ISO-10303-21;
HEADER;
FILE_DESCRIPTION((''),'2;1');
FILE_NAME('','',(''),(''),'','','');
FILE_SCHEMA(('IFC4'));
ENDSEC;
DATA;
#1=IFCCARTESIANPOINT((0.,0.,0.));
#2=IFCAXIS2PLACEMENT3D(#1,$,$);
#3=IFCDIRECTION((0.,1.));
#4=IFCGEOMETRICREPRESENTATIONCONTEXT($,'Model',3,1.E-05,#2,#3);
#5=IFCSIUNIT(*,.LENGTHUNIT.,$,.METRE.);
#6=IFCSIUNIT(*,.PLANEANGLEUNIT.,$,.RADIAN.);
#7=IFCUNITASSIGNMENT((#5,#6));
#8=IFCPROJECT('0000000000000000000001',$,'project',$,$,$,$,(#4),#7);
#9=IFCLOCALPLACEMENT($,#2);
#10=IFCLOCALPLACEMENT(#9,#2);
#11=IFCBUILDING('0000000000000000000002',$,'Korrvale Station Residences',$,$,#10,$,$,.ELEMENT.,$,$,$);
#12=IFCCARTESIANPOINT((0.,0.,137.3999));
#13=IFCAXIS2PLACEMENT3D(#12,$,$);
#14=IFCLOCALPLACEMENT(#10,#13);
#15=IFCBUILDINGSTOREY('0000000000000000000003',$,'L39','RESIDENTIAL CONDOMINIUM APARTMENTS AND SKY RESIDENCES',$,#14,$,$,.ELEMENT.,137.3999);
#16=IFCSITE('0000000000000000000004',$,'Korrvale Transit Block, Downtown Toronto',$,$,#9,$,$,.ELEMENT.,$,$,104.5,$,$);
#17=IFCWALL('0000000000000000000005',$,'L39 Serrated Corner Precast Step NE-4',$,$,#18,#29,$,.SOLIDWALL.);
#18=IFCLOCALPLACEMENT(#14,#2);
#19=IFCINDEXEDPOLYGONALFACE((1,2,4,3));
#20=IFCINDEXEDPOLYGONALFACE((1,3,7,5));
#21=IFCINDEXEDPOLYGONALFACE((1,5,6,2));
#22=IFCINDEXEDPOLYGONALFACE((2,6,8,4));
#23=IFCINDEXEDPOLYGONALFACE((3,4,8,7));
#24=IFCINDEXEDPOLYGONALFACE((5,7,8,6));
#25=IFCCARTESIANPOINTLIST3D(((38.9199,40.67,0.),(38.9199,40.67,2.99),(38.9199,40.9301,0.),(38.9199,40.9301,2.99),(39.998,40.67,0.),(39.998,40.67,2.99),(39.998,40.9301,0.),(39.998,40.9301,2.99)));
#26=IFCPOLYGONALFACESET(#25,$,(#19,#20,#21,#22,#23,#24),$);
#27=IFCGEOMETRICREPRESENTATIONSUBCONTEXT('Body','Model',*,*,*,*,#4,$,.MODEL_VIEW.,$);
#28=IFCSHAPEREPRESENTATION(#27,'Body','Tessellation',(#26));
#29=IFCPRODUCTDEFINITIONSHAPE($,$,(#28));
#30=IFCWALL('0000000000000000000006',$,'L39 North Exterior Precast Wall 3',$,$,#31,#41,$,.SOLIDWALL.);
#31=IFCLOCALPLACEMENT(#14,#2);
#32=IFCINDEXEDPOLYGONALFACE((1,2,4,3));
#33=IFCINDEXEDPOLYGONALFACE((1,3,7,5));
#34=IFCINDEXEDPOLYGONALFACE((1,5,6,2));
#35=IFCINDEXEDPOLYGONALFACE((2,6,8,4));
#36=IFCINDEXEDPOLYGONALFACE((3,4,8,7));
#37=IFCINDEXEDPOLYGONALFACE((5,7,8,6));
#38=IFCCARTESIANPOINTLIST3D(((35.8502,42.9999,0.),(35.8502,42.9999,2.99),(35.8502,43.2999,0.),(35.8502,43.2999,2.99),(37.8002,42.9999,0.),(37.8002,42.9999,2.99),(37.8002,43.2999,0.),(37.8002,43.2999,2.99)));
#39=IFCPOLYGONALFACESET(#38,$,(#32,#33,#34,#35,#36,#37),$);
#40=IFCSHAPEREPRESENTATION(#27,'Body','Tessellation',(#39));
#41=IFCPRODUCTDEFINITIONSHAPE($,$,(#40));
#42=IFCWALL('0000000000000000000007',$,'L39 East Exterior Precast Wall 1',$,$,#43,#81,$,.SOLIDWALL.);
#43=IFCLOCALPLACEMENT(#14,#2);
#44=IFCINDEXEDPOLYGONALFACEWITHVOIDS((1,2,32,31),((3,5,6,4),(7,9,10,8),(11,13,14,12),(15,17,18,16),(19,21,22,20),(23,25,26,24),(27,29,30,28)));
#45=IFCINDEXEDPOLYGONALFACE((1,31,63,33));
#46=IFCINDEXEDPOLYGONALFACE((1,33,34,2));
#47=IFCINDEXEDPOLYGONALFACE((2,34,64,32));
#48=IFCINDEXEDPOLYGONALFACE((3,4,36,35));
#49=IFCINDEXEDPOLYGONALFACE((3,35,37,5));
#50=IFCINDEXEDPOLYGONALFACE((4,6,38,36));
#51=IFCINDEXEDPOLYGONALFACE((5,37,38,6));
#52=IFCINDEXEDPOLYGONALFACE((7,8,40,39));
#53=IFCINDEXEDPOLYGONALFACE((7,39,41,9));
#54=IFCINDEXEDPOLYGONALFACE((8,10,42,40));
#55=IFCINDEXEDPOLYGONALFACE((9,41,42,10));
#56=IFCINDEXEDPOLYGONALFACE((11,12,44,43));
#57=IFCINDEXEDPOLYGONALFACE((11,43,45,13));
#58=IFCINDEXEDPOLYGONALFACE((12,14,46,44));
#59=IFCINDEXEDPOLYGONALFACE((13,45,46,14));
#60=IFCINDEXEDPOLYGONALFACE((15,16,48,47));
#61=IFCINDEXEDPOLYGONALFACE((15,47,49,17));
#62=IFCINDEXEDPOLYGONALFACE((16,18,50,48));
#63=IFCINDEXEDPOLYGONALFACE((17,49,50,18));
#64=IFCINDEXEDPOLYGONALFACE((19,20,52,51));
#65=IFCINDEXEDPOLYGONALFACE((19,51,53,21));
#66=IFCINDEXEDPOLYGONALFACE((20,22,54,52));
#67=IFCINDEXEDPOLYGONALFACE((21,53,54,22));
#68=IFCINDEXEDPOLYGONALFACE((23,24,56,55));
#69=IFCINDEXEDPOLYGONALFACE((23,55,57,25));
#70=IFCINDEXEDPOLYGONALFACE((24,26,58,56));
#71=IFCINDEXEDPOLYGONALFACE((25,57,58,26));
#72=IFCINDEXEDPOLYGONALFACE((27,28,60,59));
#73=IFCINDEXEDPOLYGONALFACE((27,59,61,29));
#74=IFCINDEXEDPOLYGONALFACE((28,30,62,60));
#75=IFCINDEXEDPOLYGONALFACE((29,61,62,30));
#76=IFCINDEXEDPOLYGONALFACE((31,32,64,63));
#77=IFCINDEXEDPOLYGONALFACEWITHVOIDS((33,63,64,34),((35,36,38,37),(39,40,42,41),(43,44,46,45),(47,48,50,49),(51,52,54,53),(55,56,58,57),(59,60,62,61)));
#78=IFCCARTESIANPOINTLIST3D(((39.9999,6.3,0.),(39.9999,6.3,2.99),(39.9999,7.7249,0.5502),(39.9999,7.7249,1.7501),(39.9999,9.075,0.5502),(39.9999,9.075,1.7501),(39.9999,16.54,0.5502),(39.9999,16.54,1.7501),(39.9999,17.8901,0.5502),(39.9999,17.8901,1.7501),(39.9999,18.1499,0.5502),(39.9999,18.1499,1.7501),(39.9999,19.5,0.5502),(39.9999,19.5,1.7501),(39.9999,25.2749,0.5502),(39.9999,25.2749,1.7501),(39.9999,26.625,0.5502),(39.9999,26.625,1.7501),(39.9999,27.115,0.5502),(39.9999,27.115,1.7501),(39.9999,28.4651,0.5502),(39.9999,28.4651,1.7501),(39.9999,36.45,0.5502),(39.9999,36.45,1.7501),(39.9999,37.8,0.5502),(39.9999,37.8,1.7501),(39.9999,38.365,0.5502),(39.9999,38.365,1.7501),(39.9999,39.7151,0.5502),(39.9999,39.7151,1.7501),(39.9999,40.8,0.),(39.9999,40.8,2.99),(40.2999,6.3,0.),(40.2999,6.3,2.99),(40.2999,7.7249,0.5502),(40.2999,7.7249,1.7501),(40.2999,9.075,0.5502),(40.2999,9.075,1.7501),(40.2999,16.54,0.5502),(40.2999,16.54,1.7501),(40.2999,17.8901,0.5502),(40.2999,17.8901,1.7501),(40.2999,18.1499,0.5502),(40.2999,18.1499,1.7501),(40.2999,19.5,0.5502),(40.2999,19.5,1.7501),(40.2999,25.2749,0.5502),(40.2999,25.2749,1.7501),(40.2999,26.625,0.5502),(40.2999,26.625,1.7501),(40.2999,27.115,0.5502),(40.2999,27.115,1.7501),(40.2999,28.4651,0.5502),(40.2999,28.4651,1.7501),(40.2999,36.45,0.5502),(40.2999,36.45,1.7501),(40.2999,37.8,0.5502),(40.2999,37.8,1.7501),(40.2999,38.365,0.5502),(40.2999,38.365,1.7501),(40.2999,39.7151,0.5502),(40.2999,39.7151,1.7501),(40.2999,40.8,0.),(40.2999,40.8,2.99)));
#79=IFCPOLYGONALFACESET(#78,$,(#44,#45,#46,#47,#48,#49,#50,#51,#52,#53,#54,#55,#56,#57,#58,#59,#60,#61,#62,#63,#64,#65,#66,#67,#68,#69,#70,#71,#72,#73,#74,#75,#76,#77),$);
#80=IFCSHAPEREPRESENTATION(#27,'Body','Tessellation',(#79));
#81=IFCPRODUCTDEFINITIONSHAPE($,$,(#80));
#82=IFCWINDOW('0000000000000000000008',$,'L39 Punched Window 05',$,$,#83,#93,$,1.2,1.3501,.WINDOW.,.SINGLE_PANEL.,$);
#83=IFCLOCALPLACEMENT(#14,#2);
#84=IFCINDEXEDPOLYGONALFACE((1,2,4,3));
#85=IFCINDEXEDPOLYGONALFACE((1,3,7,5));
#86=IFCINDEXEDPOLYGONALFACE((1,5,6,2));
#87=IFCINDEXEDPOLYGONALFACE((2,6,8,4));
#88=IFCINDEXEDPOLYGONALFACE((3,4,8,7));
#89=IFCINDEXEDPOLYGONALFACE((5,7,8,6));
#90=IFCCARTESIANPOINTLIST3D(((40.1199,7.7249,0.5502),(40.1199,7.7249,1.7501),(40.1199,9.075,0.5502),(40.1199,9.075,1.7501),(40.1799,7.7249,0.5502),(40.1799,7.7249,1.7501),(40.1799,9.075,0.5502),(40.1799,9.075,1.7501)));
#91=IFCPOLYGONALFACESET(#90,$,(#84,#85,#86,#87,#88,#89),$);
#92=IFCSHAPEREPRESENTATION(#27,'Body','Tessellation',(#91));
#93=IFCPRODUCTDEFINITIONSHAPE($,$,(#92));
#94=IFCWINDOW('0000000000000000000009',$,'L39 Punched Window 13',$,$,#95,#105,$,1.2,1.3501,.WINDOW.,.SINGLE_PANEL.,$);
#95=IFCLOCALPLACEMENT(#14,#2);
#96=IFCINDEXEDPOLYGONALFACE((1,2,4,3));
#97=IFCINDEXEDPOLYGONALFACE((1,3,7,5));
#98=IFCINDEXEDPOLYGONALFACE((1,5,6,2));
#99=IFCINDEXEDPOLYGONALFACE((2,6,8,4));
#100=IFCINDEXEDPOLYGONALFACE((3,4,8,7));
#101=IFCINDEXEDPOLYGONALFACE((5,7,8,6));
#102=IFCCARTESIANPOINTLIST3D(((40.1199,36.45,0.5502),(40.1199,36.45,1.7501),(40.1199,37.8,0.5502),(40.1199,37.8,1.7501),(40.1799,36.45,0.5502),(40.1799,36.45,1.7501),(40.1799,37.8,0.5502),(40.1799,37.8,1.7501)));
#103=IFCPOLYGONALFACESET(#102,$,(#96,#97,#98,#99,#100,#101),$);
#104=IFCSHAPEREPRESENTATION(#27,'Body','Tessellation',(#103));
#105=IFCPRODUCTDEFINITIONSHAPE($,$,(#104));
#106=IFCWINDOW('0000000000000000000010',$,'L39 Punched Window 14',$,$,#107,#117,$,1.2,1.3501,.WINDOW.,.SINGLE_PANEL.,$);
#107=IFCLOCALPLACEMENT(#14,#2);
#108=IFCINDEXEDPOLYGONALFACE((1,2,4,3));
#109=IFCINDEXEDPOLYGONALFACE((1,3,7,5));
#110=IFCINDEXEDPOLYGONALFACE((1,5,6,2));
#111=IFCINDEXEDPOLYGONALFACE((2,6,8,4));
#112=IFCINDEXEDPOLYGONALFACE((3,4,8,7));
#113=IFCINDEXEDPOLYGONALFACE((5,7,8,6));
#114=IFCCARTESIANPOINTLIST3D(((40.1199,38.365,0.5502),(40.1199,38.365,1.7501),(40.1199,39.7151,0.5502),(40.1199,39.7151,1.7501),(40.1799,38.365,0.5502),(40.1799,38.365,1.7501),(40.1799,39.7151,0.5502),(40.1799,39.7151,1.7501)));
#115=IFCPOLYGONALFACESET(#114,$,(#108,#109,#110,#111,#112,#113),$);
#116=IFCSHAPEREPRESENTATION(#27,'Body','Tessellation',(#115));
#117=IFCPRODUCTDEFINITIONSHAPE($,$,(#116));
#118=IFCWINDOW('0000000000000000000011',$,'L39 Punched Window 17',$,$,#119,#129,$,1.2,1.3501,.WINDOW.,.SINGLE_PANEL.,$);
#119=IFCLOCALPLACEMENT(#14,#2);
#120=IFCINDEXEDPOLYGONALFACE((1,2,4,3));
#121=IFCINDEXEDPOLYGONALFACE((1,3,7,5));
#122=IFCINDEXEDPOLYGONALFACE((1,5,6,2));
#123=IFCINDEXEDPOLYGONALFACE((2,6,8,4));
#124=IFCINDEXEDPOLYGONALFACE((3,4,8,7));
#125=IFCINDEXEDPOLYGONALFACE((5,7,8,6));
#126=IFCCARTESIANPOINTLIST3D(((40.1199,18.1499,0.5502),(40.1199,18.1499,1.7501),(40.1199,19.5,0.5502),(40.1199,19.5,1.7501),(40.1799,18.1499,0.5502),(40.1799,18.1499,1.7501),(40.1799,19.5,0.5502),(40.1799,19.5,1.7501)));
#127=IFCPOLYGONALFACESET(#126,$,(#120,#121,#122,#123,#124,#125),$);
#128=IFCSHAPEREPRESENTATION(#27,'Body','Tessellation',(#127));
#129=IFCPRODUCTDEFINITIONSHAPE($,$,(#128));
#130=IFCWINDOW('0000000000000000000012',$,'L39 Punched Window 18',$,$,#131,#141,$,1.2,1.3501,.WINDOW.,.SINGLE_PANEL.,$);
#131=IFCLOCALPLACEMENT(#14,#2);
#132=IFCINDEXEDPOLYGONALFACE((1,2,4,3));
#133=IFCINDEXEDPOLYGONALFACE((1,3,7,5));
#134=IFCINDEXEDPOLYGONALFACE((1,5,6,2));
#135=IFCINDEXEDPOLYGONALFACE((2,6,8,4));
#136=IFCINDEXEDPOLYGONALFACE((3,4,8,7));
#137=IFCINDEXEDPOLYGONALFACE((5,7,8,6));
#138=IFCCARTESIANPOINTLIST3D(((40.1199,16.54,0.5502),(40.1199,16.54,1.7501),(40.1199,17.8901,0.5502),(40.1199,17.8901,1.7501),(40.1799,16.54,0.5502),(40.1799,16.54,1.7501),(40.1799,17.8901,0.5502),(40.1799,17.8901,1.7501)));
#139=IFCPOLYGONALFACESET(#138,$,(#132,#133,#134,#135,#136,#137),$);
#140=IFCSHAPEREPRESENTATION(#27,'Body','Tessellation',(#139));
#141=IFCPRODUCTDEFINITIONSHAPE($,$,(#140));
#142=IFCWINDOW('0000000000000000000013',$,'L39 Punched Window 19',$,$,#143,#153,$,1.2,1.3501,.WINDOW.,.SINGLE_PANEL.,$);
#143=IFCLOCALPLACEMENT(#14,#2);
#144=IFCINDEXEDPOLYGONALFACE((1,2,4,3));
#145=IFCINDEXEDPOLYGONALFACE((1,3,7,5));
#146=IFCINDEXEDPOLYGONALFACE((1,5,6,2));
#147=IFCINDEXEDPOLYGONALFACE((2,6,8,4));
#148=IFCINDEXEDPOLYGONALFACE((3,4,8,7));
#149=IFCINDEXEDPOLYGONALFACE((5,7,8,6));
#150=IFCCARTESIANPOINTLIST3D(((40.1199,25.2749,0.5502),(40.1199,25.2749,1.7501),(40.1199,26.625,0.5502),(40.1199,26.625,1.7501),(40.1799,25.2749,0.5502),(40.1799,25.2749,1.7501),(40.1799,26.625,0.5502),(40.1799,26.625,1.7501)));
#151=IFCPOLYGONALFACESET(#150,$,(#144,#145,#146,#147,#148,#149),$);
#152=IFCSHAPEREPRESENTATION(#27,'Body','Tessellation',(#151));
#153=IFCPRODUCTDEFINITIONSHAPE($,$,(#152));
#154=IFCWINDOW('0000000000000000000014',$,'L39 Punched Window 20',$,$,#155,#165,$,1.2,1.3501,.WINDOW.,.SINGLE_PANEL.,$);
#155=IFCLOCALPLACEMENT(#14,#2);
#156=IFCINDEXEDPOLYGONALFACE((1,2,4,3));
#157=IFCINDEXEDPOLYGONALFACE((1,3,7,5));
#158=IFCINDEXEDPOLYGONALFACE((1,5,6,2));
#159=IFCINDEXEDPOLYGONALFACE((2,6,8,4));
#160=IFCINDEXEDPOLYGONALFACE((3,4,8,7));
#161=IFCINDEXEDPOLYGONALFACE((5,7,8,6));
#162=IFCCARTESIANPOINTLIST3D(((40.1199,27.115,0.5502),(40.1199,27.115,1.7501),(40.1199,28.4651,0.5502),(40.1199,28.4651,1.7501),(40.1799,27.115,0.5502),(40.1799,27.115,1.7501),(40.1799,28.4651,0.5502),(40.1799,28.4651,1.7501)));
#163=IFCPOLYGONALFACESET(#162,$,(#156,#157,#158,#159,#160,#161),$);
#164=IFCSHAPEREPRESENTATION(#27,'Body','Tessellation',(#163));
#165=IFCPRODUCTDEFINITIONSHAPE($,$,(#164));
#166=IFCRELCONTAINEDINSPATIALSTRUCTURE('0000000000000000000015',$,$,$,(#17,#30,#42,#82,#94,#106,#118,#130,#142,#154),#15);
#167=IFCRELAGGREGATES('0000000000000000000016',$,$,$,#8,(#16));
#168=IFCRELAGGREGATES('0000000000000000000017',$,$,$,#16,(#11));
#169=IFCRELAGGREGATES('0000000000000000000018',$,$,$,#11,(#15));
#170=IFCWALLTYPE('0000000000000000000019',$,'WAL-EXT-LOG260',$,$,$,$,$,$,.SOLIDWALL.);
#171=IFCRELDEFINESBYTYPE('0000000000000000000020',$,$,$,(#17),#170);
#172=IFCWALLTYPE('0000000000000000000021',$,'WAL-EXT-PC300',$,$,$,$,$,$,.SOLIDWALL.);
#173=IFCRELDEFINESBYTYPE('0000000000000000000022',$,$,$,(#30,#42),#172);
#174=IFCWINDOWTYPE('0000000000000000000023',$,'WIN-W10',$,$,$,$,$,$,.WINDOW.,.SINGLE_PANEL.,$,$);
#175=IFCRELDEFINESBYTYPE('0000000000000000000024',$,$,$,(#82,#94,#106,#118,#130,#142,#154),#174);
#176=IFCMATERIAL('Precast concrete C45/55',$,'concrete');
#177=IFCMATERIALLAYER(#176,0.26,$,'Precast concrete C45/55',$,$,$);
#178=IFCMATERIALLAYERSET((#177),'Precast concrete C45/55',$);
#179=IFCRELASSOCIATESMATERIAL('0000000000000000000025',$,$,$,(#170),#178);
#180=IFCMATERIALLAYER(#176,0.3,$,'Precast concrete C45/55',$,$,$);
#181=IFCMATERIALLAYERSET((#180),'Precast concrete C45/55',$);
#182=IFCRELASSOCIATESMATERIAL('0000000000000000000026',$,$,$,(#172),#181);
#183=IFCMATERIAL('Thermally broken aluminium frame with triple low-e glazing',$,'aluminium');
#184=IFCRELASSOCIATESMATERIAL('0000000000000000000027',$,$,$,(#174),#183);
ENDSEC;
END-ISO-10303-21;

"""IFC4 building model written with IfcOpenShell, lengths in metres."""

from ifc_helpers import new_model, si_unit, direction, frame, frame_2d, origin, place, context, subcontext, project, spatial, rectangle, extrude, material, layer, layer_set, type_object, element, fill, save


model = new_model("IFC4")

# Units and contexts
model_context = context("Model", 3, precision=1e-05, world=origin(), true_north=direction((0.0, 1.0)))
body_context = subcontext(model_context, "Body", "Model", "MODEL_VIEW")
ifc_project = project(units=[si_unit("LENGTHUNIT", "METRE"), si_unit("PLANEANGLEUNIT", "RADIAN")], contexts=[model_context])

# Site, building, storey
site_placement = place(None, origin())
site = spatial("IfcSite", under=ifc_project, at=site_placement, Name="Korrvale Transit Block, Downtown Toronto", CompositionType="ELEMENT", RefElevation=104.5)
building_placement = place(site_placement, origin())
building = spatial("IfcBuilding", under=site, at=building_placement, Name="Korrvale Station Residences", CompositionType="ELEMENT")
storey_placement = place(building_placement, frame((0.0, 0.0, 137.3999)))
storey = spatial("IfcBuildingStorey", under=building, at=storey_placement, Name="L39", Description="RESIDENTIAL CONDOMINIUM APARTMENTS AND SKY RESIDENCES", CompositionType="ELEMENT", Elevation=137.3999)

# Walls
ifc_material_1 = material(Name="Precast concrete C45/55", Category="concrete")
ifc_layer_1 = layer(ifc_material_1, 0.26, Name="Precast concrete C45/55")
ifc_layer_set_1 = layer_set([ifc_layer_1], Name="Precast concrete C45/55")
wall_type_1 = type_object("IfcWallType", Name="WAL-EXT-LOG260", PredefinedType="SOLIDWALL", material=ifc_layer_set_1)
wall_1_placement = place(storey_placement, frame((38.9199, 40.8, 0.0), z_axis=(0.0, 0.0, 1.0), x_axis=(1.0, 0.0, 0.0)))
element("IfcWall", 1, at=wall_1_placement, inside=storey, type_object=wall_type_1, Name="L39 Serrated Corner Precast Step NE-4", PredefinedType="SOLIDWALL", context=body_context, shape_type="SweptSolid", body=[
    extrude(rectangle(XDim=1.0781, YDim=0.26, at=frame_2d((0.5391, 0.0))), origin(), (0.0, 0.0, 1.0), 2.99),
])
ifc_layer_2 = layer(ifc_material_1, 0.3, Name="Precast concrete C45/55")
ifc_layer_set_2 = layer_set([ifc_layer_2], Name="Precast concrete C45/55")
wall_type_2 = type_object("IfcWallType", Name="WAL-EXT-PC300", PredefinedType="SOLIDWALL", material=ifc_layer_set_2)
wall_2_placement = place(storey_placement, frame((35.8501, 43.1499, 0.0), z_axis=(0.0, 0.0, 1.0), x_axis=(1.0, 0.0, 0.0)))
element("IfcWall", 2, at=wall_2_placement, inside=storey, type_object=wall_type_2, Name="L39 North Exterior Precast Wall 3", PredefinedType="SOLIDWALL", context=body_context, shape_type="SweptSolid", body=[
    extrude(rectangle(XDim=1.95, YDim=0.3, at=frame_2d((0.9751, 0.0))), origin(), (0.0, 0.0, 1.0), 2.99),
])

# Wall, openings, windows
wall_3_placement = place(storey_placement, frame((40.1499, 40.8, 0.0), z_axis=(0.0, 0.0, 1.0), x_axis=(0.0, -1.0, 0.0)))
wall_3 = element("IfcWall", 3, at=wall_3_placement, inside=storey, type_object=wall_type_2, Name="L39 East Exterior Precast Wall 1", PredefinedType="SOLIDWALL", context=body_context, shape_type="SweptSolid", body=[
    extrude(rectangle(XDim=34.5, YDim=0.3, at=frame_2d((17.25, 0.0))), origin(), (0.0, 0.0, 1.0), 2.99),
])
opening_1_placement = place(wall_3_placement, frame((31.7251, 0.0, 0.55)))
opening_1 = element("IfcOpeningElement", 4, at=opening_1_placement, cuts=wall_3, PredefinedType="OPENING", context=body_context, shape_type="SweptSolid", body=[
    extrude(rectangle(XDim=1.3501, YDim=1.2, at=frame_2d((0.675, 0.6001))), frame((0.0, 0.1602, 0.0), z_axis=(0.0, -1.0, 0.0), x_axis=(1.0, 0.0, 0.0)), (0.0, 0.0, 1.0), 0.3201),
])
opening_2_placement = place(wall_3_placement, frame((3.0, 0.0, 0.55)))
opening_2 = element("IfcOpeningElement", 5, at=opening_2_placement, cuts=wall_3, PredefinedType="OPENING", context=body_context, shape_type="SweptSolid", body=[
    extrude(rectangle(XDim=1.3501, YDim=1.2, at=frame_2d((0.675, 0.6001))), frame((0.0, 0.1602, 0.0), z_axis=(0.0, -1.0, 0.0), x_axis=(1.0, 0.0, 0.0)), (0.0, 0.0, 1.0), 0.3201),
])
opening_3_placement = place(wall_3_placement, frame((1.085, 0.0, 0.55)))
opening_3 = element("IfcOpeningElement", 6, at=opening_3_placement, cuts=wall_3, PredefinedType="OPENING", context=body_context, shape_type="SweptSolid", body=[
    extrude(rectangle(XDim=1.3501, YDim=1.2, at=frame_2d((0.675, 0.6001))), frame((0.0, 0.1602, 0.0), z_axis=(0.0, -1.0, 0.0), x_axis=(1.0, 0.0, 0.0)), (0.0, 0.0, 1.0), 0.3201),
])
opening_4_placement = place(wall_3_placement, frame((21.3, 0.0, 0.55)))
opening_4 = element("IfcOpeningElement", 7, at=opening_4_placement, cuts=wall_3, PredefinedType="OPENING", context=body_context, shape_type="SweptSolid", body=[
    extrude(rectangle(XDim=1.3501, YDim=1.2, at=frame_2d((0.675, 0.6001))), frame((0.0, 0.1602, 0.0), z_axis=(0.0, -1.0, 0.0), x_axis=(1.0, 0.0, 0.0)), (0.0, 0.0, 1.0), 0.3201),
])
opening_5_placement = place(wall_3_placement, frame((22.9099, 0.0, 0.55)))
opening_5 = element("IfcOpeningElement", 8, at=opening_5_placement, cuts=wall_3, PredefinedType="OPENING", context=body_context, shape_type="SweptSolid", body=[
    extrude(rectangle(XDim=1.3501, YDim=1.2, at=frame_2d((0.675, 0.6001))), frame((0.0, 0.1602, 0.0), z_axis=(0.0, -1.0, 0.0), x_axis=(1.0, 0.0, 0.0)), (0.0, 0.0, 1.0), 0.3201),
])
opening_6_placement = place(wall_3_placement, frame((14.175, 0.0, 0.55)))
opening_6 = element("IfcOpeningElement", 9, at=opening_6_placement, cuts=wall_3, PredefinedType="OPENING", context=body_context, shape_type="SweptSolid", body=[
    extrude(rectangle(XDim=1.3501, YDim=1.2, at=frame_2d((0.675, 0.6001))), frame((0.0, 0.1602, 0.0), z_axis=(0.0, -1.0, 0.0), x_axis=(1.0, 0.0, 0.0)), (0.0, 0.0, 1.0), 0.3201),
])
opening_7_placement = place(wall_3_placement, frame((12.335, 0.0, 0.55)))
opening_7 = element("IfcOpeningElement", 10, at=opening_7_placement, cuts=wall_3, PredefinedType="OPENING", context=body_context, shape_type="SweptSolid", body=[
    extrude(rectangle(XDim=1.3501, YDim=1.2, at=frame_2d((0.675, 0.6001))), frame((0.0, 0.1602, 0.0), z_axis=(0.0, -1.0, 0.0), x_axis=(1.0, 0.0, 0.0)), (0.0, 0.0, 1.0), 0.3201),
])
ifc_material_2 = material(Name="Thermally broken aluminium frame with triple low-e glazing", Category="aluminium")
window_type = type_object("IfcWindowType", Name="WIN-W10", PartitioningType="SINGLE_PANEL", PredefinedType="WINDOW", material=ifc_material_2)
window_1_placement = place(opening_1_placement, origin())
window_1 = element("IfcWindow", 11, at=window_1_placement, inside=storey, type_object=window_type, Name="L39 Punched Window 05", OverallHeight=1.2, OverallWidth=1.3501, PartitioningType="SINGLE_PANEL", PredefinedType="WINDOW", context=body_context, shape_type="SweptSolid", body=[
    extrude(rectangle(XDim=1.3501, YDim=1.2, at=frame_2d((0.675, 0.6001))), frame((0.0, 0.03, 0.0), z_axis=(0.0, -1.0, 0.0), x_axis=(1.0, 0.0, 0.0)), (0.0, 0.0, 1.0), 0.0601),
])
fill(opening_1, window_1)
window_2_placement = place(opening_2_placement, origin())
window_2 = element("IfcWindow", 12, at=window_2_placement, inside=storey, type_object=window_type, Name="L39 Punched Window 13", OverallHeight=1.2, OverallWidth=1.3501, PartitioningType="SINGLE_PANEL", PredefinedType="WINDOW", context=body_context, shape_type="SweptSolid", body=[
    extrude(rectangle(XDim=1.3501, YDim=1.2, at=frame_2d((0.675, 0.6001))), frame((0.0, 0.03, 0.0), z_axis=(0.0, -1.0, 0.0), x_axis=(1.0, 0.0, 0.0)), (0.0, 0.0, 1.0), 0.0601),
])
fill(opening_2, window_2)
window_3_placement = place(opening_3_placement, origin())
window_3 = element("IfcWindow", 13, at=window_3_placement, inside=storey, type_object=window_type, Name="L39 Punched Window 14", OverallHeight=1.2, OverallWidth=1.3501, PartitioningType="SINGLE_PANEL", PredefinedType="WINDOW", context=body_context, shape_type="SweptSolid", body=[
    extrude(rectangle(XDim=1.3501, YDim=1.2, at=frame_2d((0.675, 0.6001))), frame((0.0, 0.03, 0.0), z_axis=(0.0, -1.0, 0.0), x_axis=(1.0, 0.0, 0.0)), (0.0, 0.0, 1.0), 0.0601),
])
fill(opening_3, window_3)
window_4_placement = place(opening_4_placement, origin())
window_4 = element("IfcWindow", 14, at=window_4_placement, inside=storey, type_object=window_type, Name="L39 Punched Window 17", OverallHeight=1.2, OverallWidth=1.3501, PartitioningType="SINGLE_PANEL", PredefinedType="WINDOW", context=body_context, shape_type="SweptSolid", body=[
    extrude(rectangle(XDim=1.3501, YDim=1.2, at=frame_2d((0.675, 0.6001))), frame((0.0, 0.03, 0.0), z_axis=(0.0, -1.0, 0.0), x_axis=(1.0, 0.0, 0.0)), (0.0, 0.0, 1.0), 0.0601),
])
fill(opening_4, window_4)
window_5_placement = place(opening_5_placement, origin())
window_5 = element("IfcWindow", 15, at=window_5_placement, inside=storey, type_object=window_type, Name="L39 Punched Window 18", OverallHeight=1.2, OverallWidth=1.3501, PartitioningType="SINGLE_PANEL", PredefinedType="WINDOW", context=body_context, shape_type="SweptSolid", body=[
    extrude(rectangle(XDim=1.3501, YDim=1.2, at=frame_2d((0.675, 0.6001))), frame((0.0, 0.03, 0.0), z_axis=(0.0, -1.0, 0.0), x_axis=(1.0, 0.0, 0.0)), (0.0, 0.0, 1.0), 0.0601),
])
fill(opening_5, window_5)
window_6_placement = place(opening_6_placement, origin())
window_6 = element("IfcWindow", 16, at=window_6_placement, inside=storey, type_object=window_type, Name="L39 Punched Window 19", OverallHeight=1.2, OverallWidth=1.3501, PartitioningType="SINGLE_PANEL", PredefinedType="WINDOW", context=body_context, shape_type="SweptSolid", body=[
    extrude(rectangle(XDim=1.3501, YDim=1.2, at=frame_2d((0.675, 0.6001))), frame((0.0, 0.03, 0.0), z_axis=(0.0, -1.0, 0.0), x_axis=(1.0, 0.0, 0.0)), (0.0, 0.0, 1.0), 0.0601),
])
fill(opening_6, window_6)
window_7_placement = place(opening_7_placement, origin())
window_7 = element("IfcWindow", 17, at=window_7_placement, inside=storey, type_object=window_type, Name="L39 Punched Window 20", OverallHeight=1.2, OverallWidth=1.3501, PartitioningType="SINGLE_PANEL", PredefinedType="WINDOW", context=body_context, shape_type="SweptSolid", body=[
    extrude(rectangle(XDim=1.3501, YDim=1.2, at=frame_2d((0.675, 0.6001))), frame((0.0, 0.03, 0.0), z_axis=(0.0, -1.0, 0.0), x_axis=(1.0, 0.0, 0.0)), (0.0, 0.0, 1.0), 0.0601),
])
fill(opening_7, window_7)

save(model, "model.ifc")
